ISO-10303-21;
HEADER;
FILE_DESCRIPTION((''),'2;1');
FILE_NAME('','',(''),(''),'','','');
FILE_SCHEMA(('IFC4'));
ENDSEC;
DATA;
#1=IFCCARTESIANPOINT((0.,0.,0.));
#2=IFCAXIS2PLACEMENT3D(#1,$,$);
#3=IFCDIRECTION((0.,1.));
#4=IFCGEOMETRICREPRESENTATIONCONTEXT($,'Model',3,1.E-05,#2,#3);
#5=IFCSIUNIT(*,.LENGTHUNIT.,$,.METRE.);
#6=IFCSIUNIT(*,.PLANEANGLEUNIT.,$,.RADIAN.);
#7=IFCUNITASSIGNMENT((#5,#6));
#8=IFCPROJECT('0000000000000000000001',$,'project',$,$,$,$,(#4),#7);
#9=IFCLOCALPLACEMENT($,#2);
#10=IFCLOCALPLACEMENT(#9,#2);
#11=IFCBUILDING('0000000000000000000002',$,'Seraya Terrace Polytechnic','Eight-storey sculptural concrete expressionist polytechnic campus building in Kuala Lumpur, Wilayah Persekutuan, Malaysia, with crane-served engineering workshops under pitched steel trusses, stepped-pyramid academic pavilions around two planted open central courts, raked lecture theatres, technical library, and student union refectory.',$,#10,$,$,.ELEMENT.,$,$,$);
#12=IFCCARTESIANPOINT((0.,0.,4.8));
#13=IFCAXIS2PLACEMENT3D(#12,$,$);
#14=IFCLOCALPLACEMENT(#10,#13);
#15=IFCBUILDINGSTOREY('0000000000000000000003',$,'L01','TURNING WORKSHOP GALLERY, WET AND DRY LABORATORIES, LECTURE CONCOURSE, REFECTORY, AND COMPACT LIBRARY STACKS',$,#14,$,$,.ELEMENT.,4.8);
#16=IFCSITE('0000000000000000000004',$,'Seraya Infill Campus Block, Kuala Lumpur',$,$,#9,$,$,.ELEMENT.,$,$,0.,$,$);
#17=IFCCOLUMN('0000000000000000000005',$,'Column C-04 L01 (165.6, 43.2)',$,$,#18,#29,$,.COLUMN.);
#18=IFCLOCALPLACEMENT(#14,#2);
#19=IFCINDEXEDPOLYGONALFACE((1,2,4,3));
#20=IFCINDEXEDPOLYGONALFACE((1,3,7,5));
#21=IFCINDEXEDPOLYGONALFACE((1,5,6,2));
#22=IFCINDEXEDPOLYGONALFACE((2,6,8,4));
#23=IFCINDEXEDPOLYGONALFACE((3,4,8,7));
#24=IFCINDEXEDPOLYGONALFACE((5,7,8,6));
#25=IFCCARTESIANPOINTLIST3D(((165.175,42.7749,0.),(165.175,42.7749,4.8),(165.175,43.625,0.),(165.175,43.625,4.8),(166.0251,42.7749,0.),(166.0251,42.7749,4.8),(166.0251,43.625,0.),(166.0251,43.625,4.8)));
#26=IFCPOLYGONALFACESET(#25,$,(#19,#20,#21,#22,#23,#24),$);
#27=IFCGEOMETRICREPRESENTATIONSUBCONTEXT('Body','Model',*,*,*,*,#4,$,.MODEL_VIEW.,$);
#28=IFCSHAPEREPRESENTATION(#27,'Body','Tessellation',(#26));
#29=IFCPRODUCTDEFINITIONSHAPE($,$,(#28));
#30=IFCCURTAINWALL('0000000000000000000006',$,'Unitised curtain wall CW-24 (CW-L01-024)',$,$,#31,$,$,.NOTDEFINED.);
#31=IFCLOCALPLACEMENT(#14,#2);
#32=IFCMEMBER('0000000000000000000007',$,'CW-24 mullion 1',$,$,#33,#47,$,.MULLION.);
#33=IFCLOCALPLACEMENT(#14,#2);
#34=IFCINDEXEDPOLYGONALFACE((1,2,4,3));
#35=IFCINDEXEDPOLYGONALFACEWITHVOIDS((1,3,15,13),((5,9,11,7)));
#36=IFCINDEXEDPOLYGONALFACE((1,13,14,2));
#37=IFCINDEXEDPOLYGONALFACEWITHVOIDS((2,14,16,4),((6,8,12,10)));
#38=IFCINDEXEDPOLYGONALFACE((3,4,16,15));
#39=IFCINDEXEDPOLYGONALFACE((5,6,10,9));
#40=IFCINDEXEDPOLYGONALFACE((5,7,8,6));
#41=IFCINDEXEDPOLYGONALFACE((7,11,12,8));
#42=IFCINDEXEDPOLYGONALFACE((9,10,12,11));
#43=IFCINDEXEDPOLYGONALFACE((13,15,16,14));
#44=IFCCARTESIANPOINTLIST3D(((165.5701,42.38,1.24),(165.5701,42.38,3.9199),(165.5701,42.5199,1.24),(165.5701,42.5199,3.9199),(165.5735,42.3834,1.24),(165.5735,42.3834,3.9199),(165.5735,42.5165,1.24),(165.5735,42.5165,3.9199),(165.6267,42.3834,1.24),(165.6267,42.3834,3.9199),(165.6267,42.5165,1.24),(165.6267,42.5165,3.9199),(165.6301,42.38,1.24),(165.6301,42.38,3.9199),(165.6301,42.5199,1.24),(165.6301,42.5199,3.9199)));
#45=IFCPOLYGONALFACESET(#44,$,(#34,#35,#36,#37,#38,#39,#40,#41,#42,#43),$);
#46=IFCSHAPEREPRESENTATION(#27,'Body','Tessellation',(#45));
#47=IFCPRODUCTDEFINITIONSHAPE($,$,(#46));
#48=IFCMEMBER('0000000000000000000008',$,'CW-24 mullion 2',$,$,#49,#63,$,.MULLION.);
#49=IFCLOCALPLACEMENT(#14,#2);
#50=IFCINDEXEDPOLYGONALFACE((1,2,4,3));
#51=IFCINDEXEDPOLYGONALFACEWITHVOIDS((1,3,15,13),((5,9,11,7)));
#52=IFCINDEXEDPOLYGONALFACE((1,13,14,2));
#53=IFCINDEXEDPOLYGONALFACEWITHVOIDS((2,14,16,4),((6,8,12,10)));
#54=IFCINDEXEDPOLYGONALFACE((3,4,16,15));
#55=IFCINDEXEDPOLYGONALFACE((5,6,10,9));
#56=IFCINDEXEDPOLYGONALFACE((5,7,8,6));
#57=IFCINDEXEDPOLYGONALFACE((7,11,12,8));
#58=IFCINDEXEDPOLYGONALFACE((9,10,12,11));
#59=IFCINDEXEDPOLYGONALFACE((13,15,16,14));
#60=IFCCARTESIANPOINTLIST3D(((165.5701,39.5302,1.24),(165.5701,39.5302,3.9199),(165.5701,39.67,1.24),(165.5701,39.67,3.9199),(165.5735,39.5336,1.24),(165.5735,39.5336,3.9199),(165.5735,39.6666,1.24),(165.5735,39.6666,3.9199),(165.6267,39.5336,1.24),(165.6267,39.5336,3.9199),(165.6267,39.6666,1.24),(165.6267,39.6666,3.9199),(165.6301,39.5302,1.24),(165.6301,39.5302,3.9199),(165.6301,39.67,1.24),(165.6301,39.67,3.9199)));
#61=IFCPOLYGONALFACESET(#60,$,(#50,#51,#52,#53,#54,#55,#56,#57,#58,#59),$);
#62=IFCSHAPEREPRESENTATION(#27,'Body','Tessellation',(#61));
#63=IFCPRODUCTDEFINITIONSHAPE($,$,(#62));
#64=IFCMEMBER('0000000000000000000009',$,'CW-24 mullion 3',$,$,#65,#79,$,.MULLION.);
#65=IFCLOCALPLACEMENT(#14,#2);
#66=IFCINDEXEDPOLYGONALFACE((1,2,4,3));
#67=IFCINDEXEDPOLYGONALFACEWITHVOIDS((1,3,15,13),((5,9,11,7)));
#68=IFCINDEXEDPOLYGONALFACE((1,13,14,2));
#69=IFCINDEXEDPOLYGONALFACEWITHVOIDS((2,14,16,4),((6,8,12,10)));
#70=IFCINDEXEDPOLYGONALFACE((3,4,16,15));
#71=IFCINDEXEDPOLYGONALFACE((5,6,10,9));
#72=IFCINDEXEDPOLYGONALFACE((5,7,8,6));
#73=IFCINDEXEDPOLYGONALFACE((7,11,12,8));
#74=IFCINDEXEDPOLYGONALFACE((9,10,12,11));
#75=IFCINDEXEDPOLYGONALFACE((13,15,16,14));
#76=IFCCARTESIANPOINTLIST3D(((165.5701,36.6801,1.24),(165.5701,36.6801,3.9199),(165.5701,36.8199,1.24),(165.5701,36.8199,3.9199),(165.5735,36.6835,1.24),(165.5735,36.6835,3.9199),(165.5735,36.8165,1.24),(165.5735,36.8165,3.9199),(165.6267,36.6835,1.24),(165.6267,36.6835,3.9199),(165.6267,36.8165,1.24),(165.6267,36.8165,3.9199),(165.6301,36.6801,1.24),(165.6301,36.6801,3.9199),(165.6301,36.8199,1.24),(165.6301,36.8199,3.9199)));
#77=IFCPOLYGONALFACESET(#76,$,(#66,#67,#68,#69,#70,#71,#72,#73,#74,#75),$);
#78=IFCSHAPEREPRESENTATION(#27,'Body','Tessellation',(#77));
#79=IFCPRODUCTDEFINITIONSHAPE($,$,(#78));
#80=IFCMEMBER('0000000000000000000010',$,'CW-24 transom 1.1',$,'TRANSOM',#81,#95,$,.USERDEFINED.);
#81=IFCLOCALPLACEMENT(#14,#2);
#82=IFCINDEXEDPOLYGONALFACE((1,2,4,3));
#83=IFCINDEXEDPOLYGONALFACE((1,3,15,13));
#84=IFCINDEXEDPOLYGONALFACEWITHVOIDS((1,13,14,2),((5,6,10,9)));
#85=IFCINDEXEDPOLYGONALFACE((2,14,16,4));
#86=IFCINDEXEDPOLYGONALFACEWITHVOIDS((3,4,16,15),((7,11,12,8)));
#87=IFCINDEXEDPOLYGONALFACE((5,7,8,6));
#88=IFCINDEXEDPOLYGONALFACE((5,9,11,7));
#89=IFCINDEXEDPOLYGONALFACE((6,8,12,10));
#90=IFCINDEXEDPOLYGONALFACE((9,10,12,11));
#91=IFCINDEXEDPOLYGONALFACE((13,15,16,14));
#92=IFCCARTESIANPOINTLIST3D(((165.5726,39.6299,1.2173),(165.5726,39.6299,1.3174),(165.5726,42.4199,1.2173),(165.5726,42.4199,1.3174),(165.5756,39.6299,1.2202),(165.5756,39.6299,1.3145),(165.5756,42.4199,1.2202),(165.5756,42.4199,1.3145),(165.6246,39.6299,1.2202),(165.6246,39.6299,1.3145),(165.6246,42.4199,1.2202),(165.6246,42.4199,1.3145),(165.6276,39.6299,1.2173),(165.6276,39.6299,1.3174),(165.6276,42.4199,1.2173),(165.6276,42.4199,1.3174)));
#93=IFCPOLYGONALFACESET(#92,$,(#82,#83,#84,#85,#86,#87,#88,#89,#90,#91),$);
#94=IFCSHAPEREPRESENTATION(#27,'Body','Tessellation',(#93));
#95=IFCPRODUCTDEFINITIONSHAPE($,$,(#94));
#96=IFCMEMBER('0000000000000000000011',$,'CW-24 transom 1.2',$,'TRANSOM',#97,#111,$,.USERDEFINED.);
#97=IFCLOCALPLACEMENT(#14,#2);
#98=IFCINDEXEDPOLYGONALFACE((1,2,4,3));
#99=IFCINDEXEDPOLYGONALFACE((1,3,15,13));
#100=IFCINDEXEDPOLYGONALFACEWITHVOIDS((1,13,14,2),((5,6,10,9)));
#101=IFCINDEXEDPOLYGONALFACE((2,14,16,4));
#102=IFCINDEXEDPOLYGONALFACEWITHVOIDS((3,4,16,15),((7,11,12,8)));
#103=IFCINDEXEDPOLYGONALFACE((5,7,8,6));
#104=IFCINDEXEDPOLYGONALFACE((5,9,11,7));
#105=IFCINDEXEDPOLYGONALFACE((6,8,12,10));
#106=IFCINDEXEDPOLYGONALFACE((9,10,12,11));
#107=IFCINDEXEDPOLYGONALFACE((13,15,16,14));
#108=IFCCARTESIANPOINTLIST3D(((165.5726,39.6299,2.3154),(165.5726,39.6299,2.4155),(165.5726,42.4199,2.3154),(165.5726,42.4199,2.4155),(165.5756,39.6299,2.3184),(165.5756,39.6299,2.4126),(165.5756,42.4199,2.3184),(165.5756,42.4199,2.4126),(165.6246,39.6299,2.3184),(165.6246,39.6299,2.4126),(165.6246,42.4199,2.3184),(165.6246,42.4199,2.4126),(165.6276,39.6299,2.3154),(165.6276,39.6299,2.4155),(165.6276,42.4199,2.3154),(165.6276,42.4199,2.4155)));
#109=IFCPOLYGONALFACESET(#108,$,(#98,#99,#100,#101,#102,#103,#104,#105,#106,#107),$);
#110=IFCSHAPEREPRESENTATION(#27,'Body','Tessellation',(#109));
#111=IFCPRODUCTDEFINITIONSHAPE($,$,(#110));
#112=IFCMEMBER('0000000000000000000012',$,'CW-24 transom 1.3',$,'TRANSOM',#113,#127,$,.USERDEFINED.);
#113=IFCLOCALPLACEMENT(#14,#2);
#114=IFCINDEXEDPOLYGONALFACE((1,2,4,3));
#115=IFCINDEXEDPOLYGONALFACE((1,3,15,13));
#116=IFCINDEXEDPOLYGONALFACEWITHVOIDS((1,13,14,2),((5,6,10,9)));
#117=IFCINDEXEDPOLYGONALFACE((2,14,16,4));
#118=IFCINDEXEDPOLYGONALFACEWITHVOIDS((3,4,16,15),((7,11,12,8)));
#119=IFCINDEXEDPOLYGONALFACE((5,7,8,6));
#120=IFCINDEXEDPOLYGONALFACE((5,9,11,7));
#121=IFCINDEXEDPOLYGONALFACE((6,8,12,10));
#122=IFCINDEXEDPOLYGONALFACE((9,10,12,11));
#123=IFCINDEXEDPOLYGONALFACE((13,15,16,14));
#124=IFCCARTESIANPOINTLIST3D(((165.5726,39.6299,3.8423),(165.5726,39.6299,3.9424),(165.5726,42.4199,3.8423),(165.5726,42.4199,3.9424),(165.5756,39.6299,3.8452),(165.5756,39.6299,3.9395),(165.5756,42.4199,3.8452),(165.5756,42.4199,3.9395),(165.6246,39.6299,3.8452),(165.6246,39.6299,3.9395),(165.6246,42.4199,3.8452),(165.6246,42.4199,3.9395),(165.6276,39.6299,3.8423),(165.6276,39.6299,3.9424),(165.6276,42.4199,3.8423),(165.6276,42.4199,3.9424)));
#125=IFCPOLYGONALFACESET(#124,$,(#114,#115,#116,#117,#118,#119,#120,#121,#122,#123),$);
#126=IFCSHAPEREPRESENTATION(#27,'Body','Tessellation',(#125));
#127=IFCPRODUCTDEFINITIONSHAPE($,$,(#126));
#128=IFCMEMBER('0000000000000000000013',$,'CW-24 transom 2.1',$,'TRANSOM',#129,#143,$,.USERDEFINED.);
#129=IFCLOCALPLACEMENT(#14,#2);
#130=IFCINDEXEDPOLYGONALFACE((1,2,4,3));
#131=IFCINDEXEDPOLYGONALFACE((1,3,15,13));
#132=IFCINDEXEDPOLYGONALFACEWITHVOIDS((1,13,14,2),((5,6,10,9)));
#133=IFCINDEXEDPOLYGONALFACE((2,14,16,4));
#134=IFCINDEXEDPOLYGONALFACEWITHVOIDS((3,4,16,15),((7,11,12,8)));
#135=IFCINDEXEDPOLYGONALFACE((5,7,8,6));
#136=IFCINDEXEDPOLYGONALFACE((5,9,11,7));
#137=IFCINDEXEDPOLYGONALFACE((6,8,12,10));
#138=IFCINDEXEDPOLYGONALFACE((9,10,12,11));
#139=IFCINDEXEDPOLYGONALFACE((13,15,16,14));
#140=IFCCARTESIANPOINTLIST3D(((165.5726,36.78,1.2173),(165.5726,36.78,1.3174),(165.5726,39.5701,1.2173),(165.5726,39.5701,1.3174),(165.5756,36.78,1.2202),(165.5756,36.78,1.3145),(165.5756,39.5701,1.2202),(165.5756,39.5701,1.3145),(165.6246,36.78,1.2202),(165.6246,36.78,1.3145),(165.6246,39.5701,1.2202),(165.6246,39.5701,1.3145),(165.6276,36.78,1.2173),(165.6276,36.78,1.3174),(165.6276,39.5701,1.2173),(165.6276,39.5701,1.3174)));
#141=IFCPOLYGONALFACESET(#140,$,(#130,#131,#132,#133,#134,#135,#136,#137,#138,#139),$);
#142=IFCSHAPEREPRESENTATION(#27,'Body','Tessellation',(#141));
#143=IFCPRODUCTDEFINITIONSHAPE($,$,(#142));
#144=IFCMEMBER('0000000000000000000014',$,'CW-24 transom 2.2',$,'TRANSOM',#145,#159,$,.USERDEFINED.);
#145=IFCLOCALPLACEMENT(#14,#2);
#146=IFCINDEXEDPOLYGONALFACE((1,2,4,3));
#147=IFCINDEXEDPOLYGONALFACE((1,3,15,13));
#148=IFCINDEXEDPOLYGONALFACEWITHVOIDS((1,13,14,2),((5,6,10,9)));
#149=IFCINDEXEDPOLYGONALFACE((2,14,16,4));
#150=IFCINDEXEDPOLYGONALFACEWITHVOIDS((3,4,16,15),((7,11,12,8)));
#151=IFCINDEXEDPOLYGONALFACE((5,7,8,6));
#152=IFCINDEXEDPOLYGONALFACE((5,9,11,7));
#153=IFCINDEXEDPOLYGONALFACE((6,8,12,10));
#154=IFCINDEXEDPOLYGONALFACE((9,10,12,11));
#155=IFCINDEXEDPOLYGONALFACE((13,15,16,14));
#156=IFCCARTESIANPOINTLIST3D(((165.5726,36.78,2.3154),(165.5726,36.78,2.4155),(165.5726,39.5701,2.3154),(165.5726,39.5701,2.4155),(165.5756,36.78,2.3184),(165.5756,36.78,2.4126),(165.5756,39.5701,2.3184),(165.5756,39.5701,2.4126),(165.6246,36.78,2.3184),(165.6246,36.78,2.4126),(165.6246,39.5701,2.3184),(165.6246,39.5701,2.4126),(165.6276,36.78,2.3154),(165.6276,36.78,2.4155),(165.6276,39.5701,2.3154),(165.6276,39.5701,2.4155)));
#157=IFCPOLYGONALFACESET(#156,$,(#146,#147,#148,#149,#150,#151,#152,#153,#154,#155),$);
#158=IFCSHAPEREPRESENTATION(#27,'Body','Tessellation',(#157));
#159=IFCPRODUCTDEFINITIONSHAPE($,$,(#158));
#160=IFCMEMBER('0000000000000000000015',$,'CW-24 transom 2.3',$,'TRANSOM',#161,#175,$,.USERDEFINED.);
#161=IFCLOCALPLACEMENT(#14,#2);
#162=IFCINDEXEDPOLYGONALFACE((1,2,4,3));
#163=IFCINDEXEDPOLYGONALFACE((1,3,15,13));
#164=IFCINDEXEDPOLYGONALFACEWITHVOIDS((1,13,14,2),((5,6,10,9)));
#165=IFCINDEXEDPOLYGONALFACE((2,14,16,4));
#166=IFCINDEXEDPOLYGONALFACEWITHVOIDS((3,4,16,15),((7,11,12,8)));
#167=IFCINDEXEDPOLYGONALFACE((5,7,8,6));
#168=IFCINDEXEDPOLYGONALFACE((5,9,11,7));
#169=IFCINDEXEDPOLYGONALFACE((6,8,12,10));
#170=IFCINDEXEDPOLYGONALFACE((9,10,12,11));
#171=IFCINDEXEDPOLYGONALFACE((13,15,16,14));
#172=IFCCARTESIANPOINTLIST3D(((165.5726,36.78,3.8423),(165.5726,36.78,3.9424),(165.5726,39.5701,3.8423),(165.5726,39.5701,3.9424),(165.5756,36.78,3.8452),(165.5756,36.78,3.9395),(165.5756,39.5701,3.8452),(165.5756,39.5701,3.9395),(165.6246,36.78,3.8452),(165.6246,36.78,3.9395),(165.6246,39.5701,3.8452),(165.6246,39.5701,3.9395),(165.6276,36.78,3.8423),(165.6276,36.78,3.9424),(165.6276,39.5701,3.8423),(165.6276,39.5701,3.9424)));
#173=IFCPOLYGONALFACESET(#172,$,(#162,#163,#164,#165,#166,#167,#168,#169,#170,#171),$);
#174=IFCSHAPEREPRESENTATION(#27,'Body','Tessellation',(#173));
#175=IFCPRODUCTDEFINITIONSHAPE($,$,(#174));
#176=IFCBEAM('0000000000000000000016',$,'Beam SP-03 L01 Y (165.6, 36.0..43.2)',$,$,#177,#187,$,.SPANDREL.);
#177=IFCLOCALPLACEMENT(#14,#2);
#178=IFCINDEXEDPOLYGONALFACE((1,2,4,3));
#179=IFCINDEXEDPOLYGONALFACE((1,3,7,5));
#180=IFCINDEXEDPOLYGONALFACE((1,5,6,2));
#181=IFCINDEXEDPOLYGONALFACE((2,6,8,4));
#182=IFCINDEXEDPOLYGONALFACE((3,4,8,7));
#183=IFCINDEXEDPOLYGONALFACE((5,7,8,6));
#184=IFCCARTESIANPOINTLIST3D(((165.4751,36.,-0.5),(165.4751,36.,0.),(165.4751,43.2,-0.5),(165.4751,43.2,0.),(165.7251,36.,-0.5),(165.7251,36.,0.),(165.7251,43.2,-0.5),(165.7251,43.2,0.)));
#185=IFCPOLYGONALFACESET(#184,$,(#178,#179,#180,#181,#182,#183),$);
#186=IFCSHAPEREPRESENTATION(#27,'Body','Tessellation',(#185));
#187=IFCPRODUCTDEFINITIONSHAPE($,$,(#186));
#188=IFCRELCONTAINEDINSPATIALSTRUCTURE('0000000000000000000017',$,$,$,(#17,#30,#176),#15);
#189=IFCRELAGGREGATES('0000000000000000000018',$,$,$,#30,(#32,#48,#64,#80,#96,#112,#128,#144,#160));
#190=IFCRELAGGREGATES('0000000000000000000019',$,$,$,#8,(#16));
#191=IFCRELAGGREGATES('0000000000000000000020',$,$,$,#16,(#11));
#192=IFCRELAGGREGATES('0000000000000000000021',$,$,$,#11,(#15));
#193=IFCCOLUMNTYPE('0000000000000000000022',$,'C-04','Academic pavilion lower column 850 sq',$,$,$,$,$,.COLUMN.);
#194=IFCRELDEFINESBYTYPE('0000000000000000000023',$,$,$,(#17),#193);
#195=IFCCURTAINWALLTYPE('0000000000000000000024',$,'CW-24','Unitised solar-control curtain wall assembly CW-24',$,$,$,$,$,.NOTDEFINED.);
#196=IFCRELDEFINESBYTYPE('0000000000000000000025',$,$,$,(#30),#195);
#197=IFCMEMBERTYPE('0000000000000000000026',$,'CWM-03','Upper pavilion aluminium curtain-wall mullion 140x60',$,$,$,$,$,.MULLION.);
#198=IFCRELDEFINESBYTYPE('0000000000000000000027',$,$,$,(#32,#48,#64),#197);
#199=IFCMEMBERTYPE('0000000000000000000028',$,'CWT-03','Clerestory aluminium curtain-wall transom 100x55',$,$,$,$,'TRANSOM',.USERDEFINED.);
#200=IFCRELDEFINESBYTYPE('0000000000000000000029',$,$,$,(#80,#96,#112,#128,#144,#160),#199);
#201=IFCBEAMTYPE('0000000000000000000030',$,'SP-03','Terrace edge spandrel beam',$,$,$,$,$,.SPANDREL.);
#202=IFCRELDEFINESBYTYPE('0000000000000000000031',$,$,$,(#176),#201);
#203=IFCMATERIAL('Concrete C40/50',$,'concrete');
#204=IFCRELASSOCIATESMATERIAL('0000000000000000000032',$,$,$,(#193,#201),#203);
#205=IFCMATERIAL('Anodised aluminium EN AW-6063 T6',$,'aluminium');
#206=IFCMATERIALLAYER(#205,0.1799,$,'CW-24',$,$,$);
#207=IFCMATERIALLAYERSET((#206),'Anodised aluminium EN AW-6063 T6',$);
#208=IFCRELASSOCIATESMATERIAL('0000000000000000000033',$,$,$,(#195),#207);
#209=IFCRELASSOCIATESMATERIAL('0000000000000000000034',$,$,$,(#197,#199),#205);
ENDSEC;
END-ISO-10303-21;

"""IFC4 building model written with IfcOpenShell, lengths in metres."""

from ifc_helpers import new_model, si_unit, direction, frame, origin, origin_2d, place, context, subcontext, project, spatial, rectangle, hollow_rectangle, extrude, material, layer, layer_set, material_profile, profile_set, type_object, element, aggregate, save


model = new_model("IFC4")

# Units and contexts
model_context = context("Model", 3, precision=1e-05, world=origin(), true_north=direction((0.0, 1.0)))
body_context = subcontext(model_context, "Body", "Model", "MODEL_VIEW")
ifc_project = project(units=[si_unit("LENGTHUNIT", "METRE"), si_unit("PLANEANGLEUNIT", "RADIAN")], contexts=[model_context])

# Site, building, storey
site_placement = place(None, origin())
site = spatial("IfcSite", under=ifc_project, at=site_placement, Name="Seraya Infill Campus Block, Kuala Lumpur", CompositionType="ELEMENT", RefElevation=0.0)
building_placement = place(site_placement, origin())
building = spatial("IfcBuilding", under=site, at=building_placement, Name="Seraya Terrace Polytechnic", Description="Eight-storey sculptural concrete expressionist polytechnic campus building in Kuala Lumpur, Wilayah Persekutuan, Malaysia, with crane-served engineering workshops under pitched steel trusses, stepped-pyramid academic pavilions around two planted open central courts, raked lecture theatres, technical library, and student union refectory.", CompositionType="ELEMENT")
storey_placement = place(building_placement, frame((0.0, 0.0, 4.8)))
storey = spatial("IfcBuildingStorey", under=building, at=storey_placement, Name="L01", Description="TURNING WORKSHOP GALLERY, WET AND DRY LABORATORIES, LECTURE CONCOURSE, REFECTORY, AND COMPACT LIBRARY STACKS", CompositionType="ELEMENT", Elevation=4.8)

# Column
ifc_material_1 = material(Name="Concrete C40/50", Category="concrete")
ifc_material_profile_1 = material_profile(ifc_material_1, rectangle(XDim=0.8501, YDim=0.8501, at=origin_2d()), Name="RC 850x850")
ifc_profile_set_1 = profile_set([ifc_material_profile_1], Name="Concrete C40/50")
column_type = type_object("IfcColumnType", Name="C-04", Description="Academic pavilion lower column 850 sq", PredefinedType="COLUMN", material=ifc_profile_set_1)
column_placement = place(storey_placement, frame((165.6001, 43.2, 0.0), z_axis=(0.0, 0.0, 1.0), x_axis=(1.0, 0.0, 0.0)))
element("IfcColumn", 1, at=column_placement, inside=storey, type_object=column_type, Name="Column C-04 L01 (165.6, 43.2)", PredefinedType="COLUMN", context=body_context, shape_type="SweptSolid", body=[
    extrude(rectangle(XDim=0.8501, YDim=0.8501, at=origin_2d()), origin(), (0.0, 0.0, 1.0), 4.8),
])

# Curtain wall, members
ifc_material_2 = material(Name="Anodised aluminium EN AW-6063 T6", Category="aluminium")
ifc_layer_1 = layer(ifc_material_2, 0.1799, Name="CW-24")
ifc_layer_set_1 = layer_set([ifc_layer_1], Name="Anodised aluminium EN AW-6063 T6")
curtain_wall_type = type_object("IfcCurtainWallType", Name="CW-24", Description="Unitised solar-control curtain wall assembly CW-24", PredefinedType="NOTDEFINED", material=ifc_layer_set_1)
curtain_wall_placement = place(storey_placement, origin())
curtain_wall = element("IfcCurtainWall", 2, at=curtain_wall_placement, inside=storey, type_object=curtain_wall_type, Name="Unitised curtain wall CW-24 (CW-L01-024)", PredefinedType="NOTDEFINED")
ifc_material_profile_2 = material_profile(ifc_material_2, hollow_rectangle(XDim=0.0601, YDim=0.1399, WallThickness=0.0034, at=origin_2d()), Name="RHS 140x60x3.5")
ifc_profile_set_2 = profile_set([ifc_material_profile_2], Name="Anodised aluminium EN AW-6063 T6")
member_type_1 = type_object("IfcMemberType", Name="CWM-03", Description="Upper pavilion aluminium curtain-wall mullion 140x60", PredefinedType="MULLION", material=ifc_profile_set_2)
member_1_placement = place(storey_placement, frame((165.6001, 42.45, 1.24), z_axis=(0.0, 0.0, 1.0), x_axis=(1.0, 0.0, 0.0)))
member_1 = element("IfcMember", 3, at=member_1_placement, type_object=member_type_1, Name="CW-24 mullion 1", PredefinedType="MULLION", context=body_context, shape_type="SweptSolid", body=[
    extrude(hollow_rectangle(XDim=0.0601, YDim=0.1399, WallThickness=0.0034, at=origin_2d()), origin(), (0.0, 0.0, 1.0), 2.6799),
])
member_2_placement = place(storey_placement, frame((165.6001, 39.6001, 1.24), z_axis=(0.0, 0.0, 1.0), x_axis=(1.0, 0.0, 0.0)))
member_2 = element("IfcMember", 4, at=member_2_placement, type_object=member_type_1, Name="CW-24 mullion 2", PredefinedType="MULLION", context=body_context, shape_type="SweptSolid", body=[
    extrude(hollow_rectangle(XDim=0.0601, YDim=0.1399, WallThickness=0.0034, at=origin_2d()), origin(), (0.0, 0.0, 1.0), 2.6799),
])
member_3_placement = place(storey_placement, frame((165.6001, 36.75, 1.24), z_axis=(0.0, 0.0, 1.0), x_axis=(1.0, 0.0, 0.0)))
member_3 = element("IfcMember", 5, at=member_3_placement, type_object=member_type_1, Name="CW-24 mullion 3", PredefinedType="MULLION", context=body_context, shape_type="SweptSolid", body=[
    extrude(hollow_rectangle(XDim=0.0601, YDim=0.1399, WallThickness=0.0034, at=origin_2d()), origin(), (0.0, 0.0, 1.0), 2.6799),
])
ifc_material_profile_3 = material_profile(ifc_material_2, hollow_rectangle(XDim=0.0549, YDim=0.1001, WallThickness=0.0029, at=origin_2d()), Name="RHS 100x55x3.0")
ifc_profile_set_3 = profile_set([ifc_material_profile_3], Name="Anodised aluminium EN AW-6063 T6")
member_type_2 = type_object("IfcMemberType", Name="CWT-03", Description="Clerestory aluminium curtain-wall transom 100x55", ElementType="TRANSOM", PredefinedType="USERDEFINED", material=ifc_profile_set_3)
member_4_placement = place(storey_placement, frame((165.6001, 42.4199, 1.2673), z_axis=(0.0, -1.0, 0.0), x_axis=(1.0, 0.0, 0.0)))
member_4 = element("IfcMember", 6, at=member_4_placement, type_object=member_type_2, Name="CW-24 transom 1.1", ObjectType="TRANSOM", PredefinedType="USERDEFINED", context=body_context, shape_type="SweptSolid", body=[
    extrude(hollow_rectangle(XDim=0.0549, YDim=0.1001, WallThickness=0.0029, at=origin_2d()), origin(), (0.0, 0.0, 1.0), 2.79),
])
member_5_placement = place(storey_placement, frame((165.6001, 42.4199, 2.3655), z_axis=(0.0, -1.0, 0.0), x_axis=(1.0, 0.0, 0.0)))
member_5 = element("IfcMember", 7, at=member_5_placement, type_object=member_type_2, Name="CW-24 transom 1.2", ObjectType="TRANSOM", PredefinedType="USERDEFINED", context=body_context, shape_type="SweptSolid", body=[
    extrude(hollow_rectangle(XDim=0.0549, YDim=0.1001, WallThickness=0.0029, at=origin_2d()), origin(), (0.0, 0.0, 1.0), 2.79),
])
member_6_placement = place(storey_placement, frame((165.6001, 42.4199, 3.8923), z_axis=(0.0, -1.0, 0.0), x_axis=(1.0, 0.0, 0.0)))
member_6 = element("IfcMember", 8, at=member_6_placement, type_object=member_type_2, Name="CW-24 transom 1.3", ObjectType="TRANSOM", PredefinedType="USERDEFINED", context=body_context, shape_type="SweptSolid", body=[
    extrude(hollow_rectangle(XDim=0.0549, YDim=0.1001, WallThickness=0.0029, at=origin_2d()), origin(), (0.0, 0.0, 1.0), 2.79),
])
member_7_placement = place(storey_placement, frame((165.6001, 39.5701, 1.2673), z_axis=(0.0, -1.0, 0.0), x_axis=(1.0, 0.0, 0.0)))
member_7 = element("IfcMember", 9, at=member_7_placement, type_object=member_type_2, Name="CW-24 transom 2.1", ObjectType="TRANSOM", PredefinedType="USERDEFINED", context=body_context, shape_type="SweptSolid", body=[
    extrude(hollow_rectangle(XDim=0.0549, YDim=0.1001, WallThickness=0.0029, at=origin_2d()), origin(), (0.0, 0.0, 1.0), 2.79),
])
member_8_placement = place(storey_placement, frame((165.6001, 39.5701, 2.3655), z_axis=(0.0, -1.0, 0.0), x_axis=(1.0, 0.0, 0.0)))
member_8 = element("IfcMember", 10, at=member_8_placement, type_object=member_type_2, Name="CW-24 transom 2.2", ObjectType="TRANSOM", PredefinedType="USERDEFINED", context=body_context, shape_type="SweptSolid", body=[
    extrude(hollow_rectangle(XDim=0.0549, YDim=0.1001, WallThickness=0.0029, at=origin_2d()), origin(), (0.0, 0.0, 1.0), 2.79),
])
member_9_placement = place(storey_placement, frame((165.6001, 39.5701, 3.8923), z_axis=(0.0, -1.0, 0.0), x_axis=(1.0, 0.0, 0.0)))
member_9 = element("IfcMember", 11, at=member_9_placement, type_object=member_type_2, Name="CW-24 transom 2.3", ObjectType="TRANSOM", PredefinedType="USERDEFINED", context=body_context, shape_type="SweptSolid", body=[
    extrude(hollow_rectangle(XDim=0.0549, YDim=0.1001, WallThickness=0.0029, at=origin_2d()), origin(), (0.0, 0.0, 1.0), 2.79),
])

# Beam
ifc_material_profile_4 = material_profile(ifc_material_1, rectangle(XDim=0.25, YDim=0.5, at=origin_2d()), Name="RC 250x500")
ifc_profile_set_4 = profile_set([ifc_material_profile_4], Name="Concrete C40/50")
beam_type = type_object("IfcBeamType", Name="SP-03", Description="Terrace edge spandrel beam", PredefinedType="SPANDREL", material=ifc_profile_set_4)
for number, where, z_axis, x_axis, name in (
    (12, (165.6001, 36.0, -0.25), (0.0, 1.0, 0.0), (-1.0, 0.0, 0.0), "Beam SP-03 L01 Y (165.6, 36.0..43.2)"),
):
    element("IfcBeam", number, at=place(storey_placement, frame(where, z_axis=z_axis, x_axis=x_axis)), inside=storey, type_object=beam_type, Name=name, PredefinedType="SPANDREL", context=body_context, shape_type="SweptSolid", body=[
        extrude(rectangle(XDim=0.25, YDim=0.5, at=origin_2d()), origin(), (0.0, 0.0, 1.0), 7.2),
    ])

aggregate(curtain_wall, [member_1, member_2, member_3, member_4, member_5, member_6, member_7, member_8, member_9])

save(model, "model.ifc")
